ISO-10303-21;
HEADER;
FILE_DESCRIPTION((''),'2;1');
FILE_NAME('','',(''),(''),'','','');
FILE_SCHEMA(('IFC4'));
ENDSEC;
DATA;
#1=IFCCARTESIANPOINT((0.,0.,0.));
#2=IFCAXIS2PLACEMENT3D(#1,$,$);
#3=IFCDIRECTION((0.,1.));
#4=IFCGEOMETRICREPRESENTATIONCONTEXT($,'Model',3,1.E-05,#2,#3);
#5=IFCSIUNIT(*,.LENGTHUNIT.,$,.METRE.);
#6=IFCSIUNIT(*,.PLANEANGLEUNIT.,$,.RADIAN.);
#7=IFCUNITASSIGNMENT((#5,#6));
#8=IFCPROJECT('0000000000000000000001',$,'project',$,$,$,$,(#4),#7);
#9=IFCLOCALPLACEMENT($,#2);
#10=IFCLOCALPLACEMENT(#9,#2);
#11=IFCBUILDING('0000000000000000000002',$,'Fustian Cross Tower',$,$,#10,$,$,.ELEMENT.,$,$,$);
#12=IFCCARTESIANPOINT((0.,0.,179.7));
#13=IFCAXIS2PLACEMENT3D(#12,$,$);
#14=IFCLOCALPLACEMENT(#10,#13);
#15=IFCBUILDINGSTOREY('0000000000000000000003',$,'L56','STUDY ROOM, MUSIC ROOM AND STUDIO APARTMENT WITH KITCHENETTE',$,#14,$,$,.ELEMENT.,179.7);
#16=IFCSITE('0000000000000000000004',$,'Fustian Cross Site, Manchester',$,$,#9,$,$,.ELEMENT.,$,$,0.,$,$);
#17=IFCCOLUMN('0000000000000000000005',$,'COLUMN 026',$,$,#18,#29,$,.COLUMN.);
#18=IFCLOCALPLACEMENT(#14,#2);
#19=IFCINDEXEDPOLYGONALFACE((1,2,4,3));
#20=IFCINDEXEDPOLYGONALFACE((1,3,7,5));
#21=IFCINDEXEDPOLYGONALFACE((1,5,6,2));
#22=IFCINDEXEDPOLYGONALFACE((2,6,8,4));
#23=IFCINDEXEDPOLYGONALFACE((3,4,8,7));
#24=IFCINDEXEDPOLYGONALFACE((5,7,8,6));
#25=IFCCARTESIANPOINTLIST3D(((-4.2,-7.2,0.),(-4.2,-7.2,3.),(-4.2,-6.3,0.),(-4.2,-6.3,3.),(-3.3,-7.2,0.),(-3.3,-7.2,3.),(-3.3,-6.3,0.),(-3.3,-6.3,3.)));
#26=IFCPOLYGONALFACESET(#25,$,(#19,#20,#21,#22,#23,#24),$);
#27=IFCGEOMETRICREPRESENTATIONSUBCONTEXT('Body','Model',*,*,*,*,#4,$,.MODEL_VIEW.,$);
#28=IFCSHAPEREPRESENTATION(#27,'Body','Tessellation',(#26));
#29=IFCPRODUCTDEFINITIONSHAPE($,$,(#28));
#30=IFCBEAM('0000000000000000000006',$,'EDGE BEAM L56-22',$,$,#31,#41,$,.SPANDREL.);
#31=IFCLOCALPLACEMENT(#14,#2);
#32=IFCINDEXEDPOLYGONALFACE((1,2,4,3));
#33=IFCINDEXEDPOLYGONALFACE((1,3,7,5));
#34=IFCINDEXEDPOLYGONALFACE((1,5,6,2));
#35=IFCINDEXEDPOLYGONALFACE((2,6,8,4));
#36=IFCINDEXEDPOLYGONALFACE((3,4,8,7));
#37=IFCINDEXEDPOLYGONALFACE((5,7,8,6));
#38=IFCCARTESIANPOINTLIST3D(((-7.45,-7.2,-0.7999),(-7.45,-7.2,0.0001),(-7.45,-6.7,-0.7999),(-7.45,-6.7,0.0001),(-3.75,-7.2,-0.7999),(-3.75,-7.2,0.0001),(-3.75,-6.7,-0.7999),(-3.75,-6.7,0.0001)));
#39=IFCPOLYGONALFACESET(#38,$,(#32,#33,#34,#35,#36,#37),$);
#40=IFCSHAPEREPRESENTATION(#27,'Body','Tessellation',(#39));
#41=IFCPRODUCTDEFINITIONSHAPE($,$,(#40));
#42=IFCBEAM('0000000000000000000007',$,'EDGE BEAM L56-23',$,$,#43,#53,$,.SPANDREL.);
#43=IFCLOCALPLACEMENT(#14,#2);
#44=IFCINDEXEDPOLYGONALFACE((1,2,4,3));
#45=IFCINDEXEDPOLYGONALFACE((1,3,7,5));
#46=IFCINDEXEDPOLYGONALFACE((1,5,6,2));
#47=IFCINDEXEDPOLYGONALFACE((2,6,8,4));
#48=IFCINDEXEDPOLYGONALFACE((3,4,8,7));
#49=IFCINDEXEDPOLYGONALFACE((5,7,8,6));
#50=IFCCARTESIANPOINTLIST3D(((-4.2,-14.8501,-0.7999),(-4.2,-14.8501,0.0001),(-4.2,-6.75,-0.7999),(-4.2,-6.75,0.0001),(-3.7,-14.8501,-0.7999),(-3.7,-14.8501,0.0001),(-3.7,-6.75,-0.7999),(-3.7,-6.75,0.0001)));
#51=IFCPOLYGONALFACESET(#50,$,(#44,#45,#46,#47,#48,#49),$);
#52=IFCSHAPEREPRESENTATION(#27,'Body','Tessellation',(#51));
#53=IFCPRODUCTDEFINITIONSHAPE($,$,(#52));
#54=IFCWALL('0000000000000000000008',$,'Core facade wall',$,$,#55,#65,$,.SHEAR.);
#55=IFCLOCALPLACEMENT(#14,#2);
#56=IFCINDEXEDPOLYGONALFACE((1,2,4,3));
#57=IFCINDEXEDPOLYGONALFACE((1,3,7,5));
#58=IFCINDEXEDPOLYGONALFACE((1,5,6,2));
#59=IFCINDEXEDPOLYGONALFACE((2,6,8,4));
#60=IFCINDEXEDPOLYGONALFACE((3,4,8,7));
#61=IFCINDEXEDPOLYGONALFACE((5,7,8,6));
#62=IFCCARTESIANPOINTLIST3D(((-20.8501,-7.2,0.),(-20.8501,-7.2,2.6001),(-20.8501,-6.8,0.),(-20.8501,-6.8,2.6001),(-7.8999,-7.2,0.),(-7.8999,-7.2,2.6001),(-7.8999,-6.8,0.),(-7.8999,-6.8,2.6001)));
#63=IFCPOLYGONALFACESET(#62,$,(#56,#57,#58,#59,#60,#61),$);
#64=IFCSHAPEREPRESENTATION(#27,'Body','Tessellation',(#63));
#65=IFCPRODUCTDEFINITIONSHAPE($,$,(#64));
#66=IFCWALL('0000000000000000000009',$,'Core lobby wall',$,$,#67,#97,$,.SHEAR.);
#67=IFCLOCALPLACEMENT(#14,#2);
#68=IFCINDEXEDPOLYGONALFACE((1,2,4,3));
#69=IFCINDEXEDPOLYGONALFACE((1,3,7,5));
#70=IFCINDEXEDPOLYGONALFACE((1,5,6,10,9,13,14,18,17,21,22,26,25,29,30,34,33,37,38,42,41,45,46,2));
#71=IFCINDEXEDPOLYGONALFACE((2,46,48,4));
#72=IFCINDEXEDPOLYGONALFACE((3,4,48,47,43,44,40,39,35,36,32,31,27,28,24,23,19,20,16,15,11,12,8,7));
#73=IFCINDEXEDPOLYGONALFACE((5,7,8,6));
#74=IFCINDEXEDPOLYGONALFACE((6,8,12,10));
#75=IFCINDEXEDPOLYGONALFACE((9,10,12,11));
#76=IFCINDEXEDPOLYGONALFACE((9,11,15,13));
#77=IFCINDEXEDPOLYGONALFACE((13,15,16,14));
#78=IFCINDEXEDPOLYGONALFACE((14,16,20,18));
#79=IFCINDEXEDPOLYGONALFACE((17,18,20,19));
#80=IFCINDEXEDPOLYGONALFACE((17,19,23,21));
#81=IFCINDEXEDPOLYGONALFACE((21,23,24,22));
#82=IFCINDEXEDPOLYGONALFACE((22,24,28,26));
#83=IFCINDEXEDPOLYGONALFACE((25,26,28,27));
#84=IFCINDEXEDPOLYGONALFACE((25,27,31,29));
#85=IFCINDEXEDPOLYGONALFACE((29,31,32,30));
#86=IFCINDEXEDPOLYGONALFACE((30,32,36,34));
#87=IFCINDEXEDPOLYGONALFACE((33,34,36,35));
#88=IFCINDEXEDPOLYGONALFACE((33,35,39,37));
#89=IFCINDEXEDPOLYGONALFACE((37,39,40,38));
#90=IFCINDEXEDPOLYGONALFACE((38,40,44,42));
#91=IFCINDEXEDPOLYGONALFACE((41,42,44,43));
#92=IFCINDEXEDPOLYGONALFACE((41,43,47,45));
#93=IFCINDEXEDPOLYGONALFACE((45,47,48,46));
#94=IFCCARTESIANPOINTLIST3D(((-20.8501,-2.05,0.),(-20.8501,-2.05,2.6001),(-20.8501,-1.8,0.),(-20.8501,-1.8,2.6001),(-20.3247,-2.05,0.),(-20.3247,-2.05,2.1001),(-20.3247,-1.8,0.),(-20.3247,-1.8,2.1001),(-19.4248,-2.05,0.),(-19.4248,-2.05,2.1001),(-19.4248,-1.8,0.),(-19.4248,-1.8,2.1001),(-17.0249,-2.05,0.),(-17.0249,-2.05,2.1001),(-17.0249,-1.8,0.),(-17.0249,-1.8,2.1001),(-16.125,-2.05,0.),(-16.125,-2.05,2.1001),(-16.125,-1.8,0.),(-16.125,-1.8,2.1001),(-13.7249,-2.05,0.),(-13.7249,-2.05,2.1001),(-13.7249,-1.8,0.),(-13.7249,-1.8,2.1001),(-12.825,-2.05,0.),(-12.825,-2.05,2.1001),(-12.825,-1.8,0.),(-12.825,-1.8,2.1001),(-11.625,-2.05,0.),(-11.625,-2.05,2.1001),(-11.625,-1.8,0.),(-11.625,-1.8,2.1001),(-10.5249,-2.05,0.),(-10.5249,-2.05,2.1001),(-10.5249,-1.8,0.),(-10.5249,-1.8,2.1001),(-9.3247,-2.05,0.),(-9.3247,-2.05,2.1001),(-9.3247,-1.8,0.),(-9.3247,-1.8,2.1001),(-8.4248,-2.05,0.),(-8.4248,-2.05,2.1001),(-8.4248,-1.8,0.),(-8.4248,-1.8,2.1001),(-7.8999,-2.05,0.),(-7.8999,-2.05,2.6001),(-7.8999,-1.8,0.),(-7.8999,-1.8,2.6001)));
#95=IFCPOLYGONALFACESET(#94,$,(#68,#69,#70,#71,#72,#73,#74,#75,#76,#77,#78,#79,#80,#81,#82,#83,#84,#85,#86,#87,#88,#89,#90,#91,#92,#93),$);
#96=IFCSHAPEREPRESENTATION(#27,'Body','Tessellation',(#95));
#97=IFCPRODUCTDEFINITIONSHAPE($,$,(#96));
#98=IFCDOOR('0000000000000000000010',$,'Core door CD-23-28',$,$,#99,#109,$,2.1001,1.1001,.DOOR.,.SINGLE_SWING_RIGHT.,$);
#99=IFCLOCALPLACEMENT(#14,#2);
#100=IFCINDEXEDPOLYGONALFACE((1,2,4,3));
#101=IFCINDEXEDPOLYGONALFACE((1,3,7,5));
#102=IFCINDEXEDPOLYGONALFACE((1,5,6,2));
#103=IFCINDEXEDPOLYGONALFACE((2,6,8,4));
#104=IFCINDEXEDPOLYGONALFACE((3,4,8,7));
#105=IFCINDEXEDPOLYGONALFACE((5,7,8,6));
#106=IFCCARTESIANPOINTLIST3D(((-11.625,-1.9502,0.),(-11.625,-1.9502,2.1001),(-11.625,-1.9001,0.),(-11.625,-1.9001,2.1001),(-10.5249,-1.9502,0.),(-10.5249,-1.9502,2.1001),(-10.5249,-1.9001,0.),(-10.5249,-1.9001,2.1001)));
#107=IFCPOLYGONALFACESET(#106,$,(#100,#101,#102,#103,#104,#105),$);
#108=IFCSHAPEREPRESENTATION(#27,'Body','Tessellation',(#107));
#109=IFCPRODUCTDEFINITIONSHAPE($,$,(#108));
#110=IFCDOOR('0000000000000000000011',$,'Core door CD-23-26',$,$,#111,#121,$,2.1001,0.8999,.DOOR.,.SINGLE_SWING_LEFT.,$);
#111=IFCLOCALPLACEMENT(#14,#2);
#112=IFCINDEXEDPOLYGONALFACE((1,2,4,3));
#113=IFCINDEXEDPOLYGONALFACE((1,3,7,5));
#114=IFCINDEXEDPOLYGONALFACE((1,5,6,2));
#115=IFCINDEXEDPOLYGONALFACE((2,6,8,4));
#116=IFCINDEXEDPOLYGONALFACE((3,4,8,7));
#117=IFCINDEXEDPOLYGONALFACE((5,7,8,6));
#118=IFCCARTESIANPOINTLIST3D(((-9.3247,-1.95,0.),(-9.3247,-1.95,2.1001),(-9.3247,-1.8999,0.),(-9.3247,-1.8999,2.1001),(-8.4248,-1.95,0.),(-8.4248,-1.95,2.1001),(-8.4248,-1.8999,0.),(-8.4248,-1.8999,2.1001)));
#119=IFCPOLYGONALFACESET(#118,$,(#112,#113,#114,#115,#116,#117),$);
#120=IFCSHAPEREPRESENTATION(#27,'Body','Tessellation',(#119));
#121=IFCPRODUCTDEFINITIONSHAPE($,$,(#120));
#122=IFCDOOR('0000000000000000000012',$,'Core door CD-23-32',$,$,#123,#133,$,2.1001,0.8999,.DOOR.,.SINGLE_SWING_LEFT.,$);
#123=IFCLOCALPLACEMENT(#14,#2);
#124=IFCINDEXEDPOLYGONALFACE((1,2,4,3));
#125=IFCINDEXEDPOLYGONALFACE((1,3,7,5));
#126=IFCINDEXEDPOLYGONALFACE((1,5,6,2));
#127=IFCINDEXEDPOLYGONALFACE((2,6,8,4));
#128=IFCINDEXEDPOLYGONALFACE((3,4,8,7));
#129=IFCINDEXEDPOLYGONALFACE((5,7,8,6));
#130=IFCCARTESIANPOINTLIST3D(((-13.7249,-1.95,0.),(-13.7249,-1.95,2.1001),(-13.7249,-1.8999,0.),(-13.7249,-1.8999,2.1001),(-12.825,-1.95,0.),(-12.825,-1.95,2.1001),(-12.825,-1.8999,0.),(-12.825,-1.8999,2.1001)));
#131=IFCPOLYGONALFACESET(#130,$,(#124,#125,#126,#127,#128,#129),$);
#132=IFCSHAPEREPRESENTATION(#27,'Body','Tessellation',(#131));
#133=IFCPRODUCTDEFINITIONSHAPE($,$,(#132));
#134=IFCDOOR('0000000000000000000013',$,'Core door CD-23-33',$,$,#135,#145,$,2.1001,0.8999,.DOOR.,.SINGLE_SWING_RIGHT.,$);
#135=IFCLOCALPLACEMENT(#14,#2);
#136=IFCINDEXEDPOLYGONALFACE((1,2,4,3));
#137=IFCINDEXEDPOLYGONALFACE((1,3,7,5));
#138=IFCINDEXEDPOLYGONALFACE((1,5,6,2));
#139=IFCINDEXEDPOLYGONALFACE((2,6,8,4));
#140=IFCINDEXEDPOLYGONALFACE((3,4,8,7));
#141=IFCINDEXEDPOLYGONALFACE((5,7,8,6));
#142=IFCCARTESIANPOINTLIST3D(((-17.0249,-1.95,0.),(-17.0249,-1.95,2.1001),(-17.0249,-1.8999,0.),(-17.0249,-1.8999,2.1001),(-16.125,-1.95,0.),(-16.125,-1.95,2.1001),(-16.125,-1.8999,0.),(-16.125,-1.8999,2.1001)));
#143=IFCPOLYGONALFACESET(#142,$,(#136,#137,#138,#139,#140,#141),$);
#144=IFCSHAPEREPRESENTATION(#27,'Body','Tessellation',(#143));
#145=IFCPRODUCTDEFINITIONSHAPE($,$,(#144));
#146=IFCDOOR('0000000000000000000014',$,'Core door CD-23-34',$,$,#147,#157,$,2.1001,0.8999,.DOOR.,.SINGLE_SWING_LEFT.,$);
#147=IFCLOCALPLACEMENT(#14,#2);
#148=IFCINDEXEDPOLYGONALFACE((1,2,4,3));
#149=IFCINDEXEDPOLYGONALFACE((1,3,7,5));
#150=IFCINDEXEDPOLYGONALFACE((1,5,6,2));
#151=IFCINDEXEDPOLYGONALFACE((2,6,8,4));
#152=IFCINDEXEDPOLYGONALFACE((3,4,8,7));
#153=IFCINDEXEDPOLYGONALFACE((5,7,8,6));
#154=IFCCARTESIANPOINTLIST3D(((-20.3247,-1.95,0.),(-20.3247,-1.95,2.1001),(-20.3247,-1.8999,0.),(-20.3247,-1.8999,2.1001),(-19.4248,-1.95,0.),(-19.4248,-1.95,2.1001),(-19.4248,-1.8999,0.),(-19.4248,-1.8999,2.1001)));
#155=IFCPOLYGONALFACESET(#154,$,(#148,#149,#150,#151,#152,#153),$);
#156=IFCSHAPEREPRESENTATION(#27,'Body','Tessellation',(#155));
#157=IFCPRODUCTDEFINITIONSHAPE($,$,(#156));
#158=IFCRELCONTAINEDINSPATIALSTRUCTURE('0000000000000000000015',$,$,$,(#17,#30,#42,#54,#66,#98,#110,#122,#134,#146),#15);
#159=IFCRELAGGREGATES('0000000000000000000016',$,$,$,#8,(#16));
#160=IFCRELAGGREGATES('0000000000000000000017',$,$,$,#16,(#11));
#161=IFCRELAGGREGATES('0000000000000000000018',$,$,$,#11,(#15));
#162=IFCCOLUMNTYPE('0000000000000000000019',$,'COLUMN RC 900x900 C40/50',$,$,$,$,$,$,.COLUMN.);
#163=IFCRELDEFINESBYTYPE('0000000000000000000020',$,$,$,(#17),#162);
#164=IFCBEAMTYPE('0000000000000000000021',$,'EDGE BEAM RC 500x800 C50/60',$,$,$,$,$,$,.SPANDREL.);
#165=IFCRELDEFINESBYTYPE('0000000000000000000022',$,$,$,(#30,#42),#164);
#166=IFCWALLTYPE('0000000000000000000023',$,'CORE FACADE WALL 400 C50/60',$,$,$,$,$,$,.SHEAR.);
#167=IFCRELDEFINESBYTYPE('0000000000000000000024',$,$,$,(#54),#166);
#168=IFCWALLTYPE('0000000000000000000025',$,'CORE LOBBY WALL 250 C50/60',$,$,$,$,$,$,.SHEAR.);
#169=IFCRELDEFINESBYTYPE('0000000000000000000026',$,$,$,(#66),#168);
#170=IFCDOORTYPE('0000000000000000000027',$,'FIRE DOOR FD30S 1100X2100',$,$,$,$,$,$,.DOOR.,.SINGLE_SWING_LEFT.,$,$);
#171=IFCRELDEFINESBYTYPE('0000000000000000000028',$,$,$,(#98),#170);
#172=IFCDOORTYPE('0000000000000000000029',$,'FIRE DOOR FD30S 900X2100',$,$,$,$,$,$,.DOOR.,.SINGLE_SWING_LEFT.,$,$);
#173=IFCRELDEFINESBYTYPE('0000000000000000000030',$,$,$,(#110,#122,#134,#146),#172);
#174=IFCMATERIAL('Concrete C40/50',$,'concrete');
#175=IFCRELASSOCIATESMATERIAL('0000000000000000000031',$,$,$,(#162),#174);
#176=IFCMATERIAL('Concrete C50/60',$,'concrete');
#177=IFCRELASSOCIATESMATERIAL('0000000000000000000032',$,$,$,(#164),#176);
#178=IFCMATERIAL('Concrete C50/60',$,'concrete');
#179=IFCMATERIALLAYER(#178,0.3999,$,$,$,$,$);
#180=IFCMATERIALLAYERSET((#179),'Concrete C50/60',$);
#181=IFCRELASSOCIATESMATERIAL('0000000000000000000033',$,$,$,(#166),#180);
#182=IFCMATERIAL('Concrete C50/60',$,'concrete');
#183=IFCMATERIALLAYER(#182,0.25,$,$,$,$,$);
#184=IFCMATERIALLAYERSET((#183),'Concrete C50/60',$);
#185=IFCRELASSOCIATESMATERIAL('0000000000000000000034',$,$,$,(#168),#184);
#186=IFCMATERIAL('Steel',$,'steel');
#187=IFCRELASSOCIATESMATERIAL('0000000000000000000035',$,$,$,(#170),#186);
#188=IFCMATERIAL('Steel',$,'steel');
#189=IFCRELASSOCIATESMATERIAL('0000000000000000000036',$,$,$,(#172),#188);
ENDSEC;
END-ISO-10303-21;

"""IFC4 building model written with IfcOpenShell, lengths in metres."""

from ifc_helpers import new_model, si_unit, direction, frame, frame_2d, origin, origin_2d, place, context, subcontext, project, spatial, rectangle, extrude, material, layer, layer_set, material_profile, profile_set, type_object, element, fill, save


model = new_model("IFC4")

# Units and contexts
model_context = context("Model", 3, precision=1e-05, world=origin(), true_north=direction((0.0, 1.0)))
body_context = subcontext(model_context, "Body", "Model", "MODEL_VIEW")
ifc_project = project(units=[si_unit("LENGTHUNIT", "METRE"), si_unit("PLANEANGLEUNIT", "RADIAN")], contexts=[model_context])

# Site, building, storey
site_placement = place(None, origin())
site = spatial("IfcSite", under=ifc_project, at=site_placement, Name="Fustian Cross Site, Manchester", CompositionType="ELEMENT", RefElevation=0.0)
building_placement = place(site_placement, origin())
building = spatial("IfcBuilding", under=site, at=building_placement, Name="Fustian Cross Tower", CompositionType="ELEMENT")
storey_placement = place(building_placement, frame((0.0, 0.0, 179.7)))
storey = spatial("IfcBuildingStorey", under=building, at=storey_placement, Name="L56", Description="STUDY ROOM, MUSIC ROOM AND STUDIO APARTMENT WITH KITCHENETTE", CompositionType="ELEMENT", Elevation=179.7)

# Column
ifc_material_1 = material(Name="Concrete C40/50", Category="concrete")
ifc_material_profile_1 = material_profile(ifc_material_1, rectangle(XDim=0.8999, YDim=0.8999, at=origin_2d()), Name="RC 900x900")
ifc_profile_set_1 = profile_set([ifc_material_profile_1], Name="Concrete C40/50")
column_type = type_object("IfcColumnType", Name="COLUMN RC 900x900 C40/50", PredefinedType="COLUMN", material=ifc_profile_set_1)
column_placement = place(storey_placement, frame((-3.75, -6.75, 0.0), z_axis=(0.0, 0.0, 1.0), x_axis=(1.0, 0.0, 0.0)))
element("IfcColumn", 1, at=column_placement, inside=storey, type_object=column_type, Name="COLUMN 026", PredefinedType="COLUMN", context=body_context, shape_type="SweptSolid", body=[
    extrude(rectangle(XDim=0.8999, YDim=0.8999, at=origin_2d()), origin(), (0.0, 0.0, 1.0), 3.0),
])

# Beams
ifc_material_2 = material(Name="Concrete C50/60", Category="concrete")
ifc_material_profile_2 = material_profile(ifc_material_2, rectangle(XDim=0.5, YDim=0.8, at=origin_2d()), Name="RC 500x800")
ifc_profile_set_2 = profile_set([ifc_material_profile_2], Name="Concrete C50/60")
beam_type = type_object("IfcBeamType", Name="EDGE BEAM RC 500x800 C50/60", PredefinedType="SPANDREL", material=ifc_profile_set_2)
beam_1_placement = place(storey_placement, frame((-7.45, -6.95, -0.3999), z_axis=(1.0, 0.0, 0.0), x_axis=(0.0, 1.0, 0.0)))
element("IfcBeam", 2, at=beam_1_placement, inside=storey, type_object=beam_type, Name="EDGE BEAM L56-22", PredefinedType="SPANDREL", context=body_context, shape_type="SweptSolid", body=[
    extrude(rectangle(XDim=0.5, YDim=0.8, at=origin_2d()), origin(), (0.0, 0.0, 1.0), 3.7),
])
beam_2_placement = place(storey_placement, frame((-3.95, -6.75, -0.3999), z_axis=(0.0, -1.0, 0.0), x_axis=(1.0, 0.0, 0.0)))
element("IfcBeam", 3, at=beam_2_placement, inside=storey, type_object=beam_type, Name="EDGE BEAM L56-23", PredefinedType="SPANDREL", context=body_context, shape_type="SweptSolid", body=[
    extrude(rectangle(XDim=0.5, YDim=0.8, at=origin_2d()), origin(), (0.0, 0.0, 1.0), 8.1001),
])

# Wall
ifc_material_3 = material(Name="Concrete C50/60", Category="concrete")
ifc_layer_1 = layer(ifc_material_3, 0.3999)
ifc_layer_set_1 = layer_set([ifc_layer_1], Name="Concrete C50/60")
wall_type_1 = type_object("IfcWallType", Name="CORE FACADE WALL 400 C50/60", PredefinedType="SHEAR", material=ifc_layer_set_1)
wall_1_placement = place(storey_placement, frame((-7.8999, -7.0, 0.0), z_axis=(0.0, 0.0, 1.0), x_axis=(-1.0, 0.0, 0.0)))
element("IfcWall", 4, at=wall_1_placement, inside=storey, type_object=wall_type_1, Name="Core facade wall", PredefinedType="SHEAR", context=body_context, shape_type="SweptSolid", body=[
    extrude(rectangle(XDim=12.9502, YDim=0.3999, at=frame_2d((6.4751, 0.0))), origin(), (0.0, 0.0, 1.0), 2.6001),
])

# Wall, openings, doors
ifc_material_4 = material(Name="Concrete C50/60", Category="concrete")
ifc_layer_2 = layer(ifc_material_4, 0.25)
ifc_layer_set_2 = layer_set([ifc_layer_2], Name="Concrete C50/60")
wall_type_2 = type_object("IfcWallType", Name="CORE LOBBY WALL 250 C50/60", PredefinedType="SHEAR", material=ifc_layer_set_2)
wall_2_placement = place(storey_placement, frame((-7.8999, -1.925, 0.0), z_axis=(0.0, 0.0, 1.0), x_axis=(-1.0, 0.0, 0.0)))
wall_2 = element("IfcWall", 5, at=wall_2_placement, inside=storey, type_object=wall_type_2, Name="Core lobby wall", PredefinedType="SHEAR", context=body_context, shape_type="SweptSolid", body=[
    extrude(rectangle(XDim=12.9502, YDim=0.25, at=frame_2d((6.4751, 0.0))), origin(), (0.0, 0.0, 1.0), 2.6001),
])
opening_1_placement = place(wall_2_placement, frame((0.5249, 0.0, 0.0)))
opening_1 = element("IfcOpeningElement", 6, at=opening_1_placement, cuts=wall_2, PredefinedType="OPENING", context=body_context, shape_type="SweptSolid", body=[
    extrude(rectangle(XDim=0.8999, YDim=2.1001, at=frame_2d((0.45, 1.05))), frame((0.0, 0.135, 0.0), z_axis=(0.0, -1.0, 0.0), x_axis=(1.0, 0.0, 0.0)), (0.0, 0.0, 1.0), 0.27),
])
opening_2_placement = place(wall_2_placement, frame((2.625, 0.0, 0.0)))
opening_2 = element("IfcOpeningElement", 7, at=opening_2_placement, cuts=wall_2, PredefinedType="OPENING", context=body_context, shape_type="SweptSolid", body=[
    extrude(rectangle(XDim=1.1001, YDim=2.1001, at=frame_2d((0.55, 1.05))), frame((0.0, 0.135, 0.0), z_axis=(0.0, -1.0, 0.0), x_axis=(1.0, 0.0, 0.0)), (0.0, 0.0, 1.0), 0.27),
])
opening_3_placement = place(wall_2_placement, frame((4.925, 0.0, 0.0)))
opening_3 = element("IfcOpeningElement", 8, at=opening_3_placement, cuts=wall_2, PredefinedType="OPENING", context=body_context, shape_type="SweptSolid", body=[
    extrude(rectangle(XDim=0.8999, YDim=2.1001, at=frame_2d((0.45, 1.05))), frame((0.0, 0.135, 0.0), z_axis=(0.0, -1.0, 0.0), x_axis=(1.0, 0.0, 0.0)), (0.0, 0.0, 1.0), 0.27),
])
opening_4_placement = place(wall_2_placement, frame((8.2251, 0.0, 0.0)))
opening_4 = element("IfcOpeningElement", 9, at=opening_4_placement, cuts=wall_2, PredefinedType="OPENING", context=body_context, shape_type="SweptSolid", body=[
    extrude(rectangle(XDim=0.8999, YDim=2.1001, at=frame_2d((0.45, 1.05))), frame((0.0, 0.135, 0.0), z_axis=(0.0, -1.0, 0.0), x_axis=(1.0, 0.0, 0.0)), (0.0, 0.0, 1.0), 0.27),
])
opening_5_placement = place(wall_2_placement, frame((11.5249, 0.0, 0.0)))
opening_5 = element("IfcOpeningElement", 10, at=opening_5_placement, cuts=wall_2, PredefinedType="OPENING", context=body_context, shape_type="SweptSolid", body=[
    extrude(rectangle(XDim=0.8999, YDim=2.1001, at=frame_2d((0.45, 1.05))), frame((0.0, 0.135, 0.0), z_axis=(0.0, -1.0, 0.0), x_axis=(1.0, 0.0, 0.0)), (0.0, 0.0, 1.0), 0.27),
])
ifc_material_5 = material(Name="Steel", Category="steel")
door_type_1 = type_object("IfcDoorType", Name="FIRE DOOR FD30S 1100X2100", OperationType="SINGLE_SWING_LEFT", PredefinedType="DOOR", material=ifc_material_5)
door_1_placement = place(opening_2_placement, frame((1.1001, 0.0, 0.0), z_axis=(0.0, 0.0, 1.0), x_axis=(-1.0, 0.0, 0.0)))
door_1 = element("IfcDoor", 11, at=door_1_placement, inside=storey, type_object=door_type_1, Name="Core door CD-23-28", OperationType="SINGLE_SWING_RIGHT", OverallHeight=2.1001, OverallWidth=1.1001, PredefinedType="DOOR", context=body_context, shape_type="SweptSolid", body=[
    extrude(rectangle(XDim=1.1001, YDim=2.1001, at=frame_2d((0.55, 1.05))), frame((0.0, 0.0249, 0.0), z_axis=(0.0, -1.0, 0.0), x_axis=(1.0, 0.0, 0.0)), (0.0, 0.0, 1.0), 0.05),
])
fill(opening_2, door_1)
ifc_material_6 = material(Name="Steel", Category="steel")
door_type_2 = type_object("IfcDoorType", Name="FIRE DOOR FD30S 900X2100", OperationType="SINGLE_SWING_LEFT", PredefinedType="DOOR", material=ifc_material_6)
door_2_placement = place(opening_1_placement, origin())
door_2 = element("IfcDoor", 12, at=door_2_placement, inside=storey, type_object=door_type_2, Name="Core door CD-23-26", OperationType="SINGLE_SWING_LEFT", OverallHeight=2.1001, OverallWidth=0.8999, PredefinedType="DOOR", context=body_context, shape_type="SweptSolid", body=[
    extrude(rectangle(XDim=0.8999, YDim=2.1001, at=frame_2d((0.45, 1.05))), frame((0.0, 0.0249, 0.0), z_axis=(0.0, -1.0, 0.0), x_axis=(1.0, 0.0, 0.0)), (0.0, 0.0, 1.0), 0.05),
])
fill(opening_1, door_2)
door_3_placement = place(opening_3_placement, origin())
door_3 = element("IfcDoor", 13, at=door_3_placement, inside=storey, type_object=door_type_2, Name="Core door CD-23-32", OperationType="SINGLE_SWING_LEFT", OverallHeight=2.1001, OverallWidth=0.8999, PredefinedType="DOOR", context=body_context, shape_type="SweptSolid", body=[
    extrude(rectangle(XDim=0.8999, YDim=2.1001, at=frame_2d((0.45, 1.05))), frame((0.0, 0.0249, 0.0), z_axis=(0.0, -1.0, 0.0), x_axis=(1.0, 0.0, 0.0)), (0.0, 0.0, 1.0), 0.05),
])
fill(opening_3, door_3)
door_4_placement = place(opening_4_placement, origin())
door_4 = element("IfcDoor", 14, at=door_4_placement, inside=storey, type_object=door_type_2, Name="Core door CD-23-33", OperationType="SINGLE_SWING_RIGHT", OverallHeight=2.1001, OverallWidth=0.8999, PredefinedType="DOOR", context=body_context, shape_type="SweptSolid", body=[
    extrude(rectangle(XDim=0.8999, YDim=2.1001, at=frame_2d((0.45, 1.05))), frame((0.0, 0.0249, 0.0), z_axis=(0.0, -1.0, 0.0), x_axis=(1.0, 0.0, 0.0)), (0.0, 0.0, 1.0), 0.05),
])
fill(opening_4, door_4)
door_5_placement = place(opening_5_placement, origin())
door_5 = element("IfcDoor", 15, at=door_5_placement, inside=storey, type_object=door_type_2, Name="Core door CD-23-34", OperationType="SINGLE_SWING_LEFT", OverallHeight=2.1001, OverallWidth=0.8999, PredefinedType="DOOR", context=body_context, shape_type="SweptSolid", body=[
    extrude(rectangle(XDim=0.8999, YDim=2.1001, at=frame_2d((0.45, 1.05))), frame((0.0, 0.0249, 0.0), z_axis=(0.0, -1.0, 0.0), x_axis=(1.0, 0.0, 0.0)), (0.0, 0.0, 1.0), 0.05),
])
fill(opening_5, door_5)

save(model, "model.ifc")
